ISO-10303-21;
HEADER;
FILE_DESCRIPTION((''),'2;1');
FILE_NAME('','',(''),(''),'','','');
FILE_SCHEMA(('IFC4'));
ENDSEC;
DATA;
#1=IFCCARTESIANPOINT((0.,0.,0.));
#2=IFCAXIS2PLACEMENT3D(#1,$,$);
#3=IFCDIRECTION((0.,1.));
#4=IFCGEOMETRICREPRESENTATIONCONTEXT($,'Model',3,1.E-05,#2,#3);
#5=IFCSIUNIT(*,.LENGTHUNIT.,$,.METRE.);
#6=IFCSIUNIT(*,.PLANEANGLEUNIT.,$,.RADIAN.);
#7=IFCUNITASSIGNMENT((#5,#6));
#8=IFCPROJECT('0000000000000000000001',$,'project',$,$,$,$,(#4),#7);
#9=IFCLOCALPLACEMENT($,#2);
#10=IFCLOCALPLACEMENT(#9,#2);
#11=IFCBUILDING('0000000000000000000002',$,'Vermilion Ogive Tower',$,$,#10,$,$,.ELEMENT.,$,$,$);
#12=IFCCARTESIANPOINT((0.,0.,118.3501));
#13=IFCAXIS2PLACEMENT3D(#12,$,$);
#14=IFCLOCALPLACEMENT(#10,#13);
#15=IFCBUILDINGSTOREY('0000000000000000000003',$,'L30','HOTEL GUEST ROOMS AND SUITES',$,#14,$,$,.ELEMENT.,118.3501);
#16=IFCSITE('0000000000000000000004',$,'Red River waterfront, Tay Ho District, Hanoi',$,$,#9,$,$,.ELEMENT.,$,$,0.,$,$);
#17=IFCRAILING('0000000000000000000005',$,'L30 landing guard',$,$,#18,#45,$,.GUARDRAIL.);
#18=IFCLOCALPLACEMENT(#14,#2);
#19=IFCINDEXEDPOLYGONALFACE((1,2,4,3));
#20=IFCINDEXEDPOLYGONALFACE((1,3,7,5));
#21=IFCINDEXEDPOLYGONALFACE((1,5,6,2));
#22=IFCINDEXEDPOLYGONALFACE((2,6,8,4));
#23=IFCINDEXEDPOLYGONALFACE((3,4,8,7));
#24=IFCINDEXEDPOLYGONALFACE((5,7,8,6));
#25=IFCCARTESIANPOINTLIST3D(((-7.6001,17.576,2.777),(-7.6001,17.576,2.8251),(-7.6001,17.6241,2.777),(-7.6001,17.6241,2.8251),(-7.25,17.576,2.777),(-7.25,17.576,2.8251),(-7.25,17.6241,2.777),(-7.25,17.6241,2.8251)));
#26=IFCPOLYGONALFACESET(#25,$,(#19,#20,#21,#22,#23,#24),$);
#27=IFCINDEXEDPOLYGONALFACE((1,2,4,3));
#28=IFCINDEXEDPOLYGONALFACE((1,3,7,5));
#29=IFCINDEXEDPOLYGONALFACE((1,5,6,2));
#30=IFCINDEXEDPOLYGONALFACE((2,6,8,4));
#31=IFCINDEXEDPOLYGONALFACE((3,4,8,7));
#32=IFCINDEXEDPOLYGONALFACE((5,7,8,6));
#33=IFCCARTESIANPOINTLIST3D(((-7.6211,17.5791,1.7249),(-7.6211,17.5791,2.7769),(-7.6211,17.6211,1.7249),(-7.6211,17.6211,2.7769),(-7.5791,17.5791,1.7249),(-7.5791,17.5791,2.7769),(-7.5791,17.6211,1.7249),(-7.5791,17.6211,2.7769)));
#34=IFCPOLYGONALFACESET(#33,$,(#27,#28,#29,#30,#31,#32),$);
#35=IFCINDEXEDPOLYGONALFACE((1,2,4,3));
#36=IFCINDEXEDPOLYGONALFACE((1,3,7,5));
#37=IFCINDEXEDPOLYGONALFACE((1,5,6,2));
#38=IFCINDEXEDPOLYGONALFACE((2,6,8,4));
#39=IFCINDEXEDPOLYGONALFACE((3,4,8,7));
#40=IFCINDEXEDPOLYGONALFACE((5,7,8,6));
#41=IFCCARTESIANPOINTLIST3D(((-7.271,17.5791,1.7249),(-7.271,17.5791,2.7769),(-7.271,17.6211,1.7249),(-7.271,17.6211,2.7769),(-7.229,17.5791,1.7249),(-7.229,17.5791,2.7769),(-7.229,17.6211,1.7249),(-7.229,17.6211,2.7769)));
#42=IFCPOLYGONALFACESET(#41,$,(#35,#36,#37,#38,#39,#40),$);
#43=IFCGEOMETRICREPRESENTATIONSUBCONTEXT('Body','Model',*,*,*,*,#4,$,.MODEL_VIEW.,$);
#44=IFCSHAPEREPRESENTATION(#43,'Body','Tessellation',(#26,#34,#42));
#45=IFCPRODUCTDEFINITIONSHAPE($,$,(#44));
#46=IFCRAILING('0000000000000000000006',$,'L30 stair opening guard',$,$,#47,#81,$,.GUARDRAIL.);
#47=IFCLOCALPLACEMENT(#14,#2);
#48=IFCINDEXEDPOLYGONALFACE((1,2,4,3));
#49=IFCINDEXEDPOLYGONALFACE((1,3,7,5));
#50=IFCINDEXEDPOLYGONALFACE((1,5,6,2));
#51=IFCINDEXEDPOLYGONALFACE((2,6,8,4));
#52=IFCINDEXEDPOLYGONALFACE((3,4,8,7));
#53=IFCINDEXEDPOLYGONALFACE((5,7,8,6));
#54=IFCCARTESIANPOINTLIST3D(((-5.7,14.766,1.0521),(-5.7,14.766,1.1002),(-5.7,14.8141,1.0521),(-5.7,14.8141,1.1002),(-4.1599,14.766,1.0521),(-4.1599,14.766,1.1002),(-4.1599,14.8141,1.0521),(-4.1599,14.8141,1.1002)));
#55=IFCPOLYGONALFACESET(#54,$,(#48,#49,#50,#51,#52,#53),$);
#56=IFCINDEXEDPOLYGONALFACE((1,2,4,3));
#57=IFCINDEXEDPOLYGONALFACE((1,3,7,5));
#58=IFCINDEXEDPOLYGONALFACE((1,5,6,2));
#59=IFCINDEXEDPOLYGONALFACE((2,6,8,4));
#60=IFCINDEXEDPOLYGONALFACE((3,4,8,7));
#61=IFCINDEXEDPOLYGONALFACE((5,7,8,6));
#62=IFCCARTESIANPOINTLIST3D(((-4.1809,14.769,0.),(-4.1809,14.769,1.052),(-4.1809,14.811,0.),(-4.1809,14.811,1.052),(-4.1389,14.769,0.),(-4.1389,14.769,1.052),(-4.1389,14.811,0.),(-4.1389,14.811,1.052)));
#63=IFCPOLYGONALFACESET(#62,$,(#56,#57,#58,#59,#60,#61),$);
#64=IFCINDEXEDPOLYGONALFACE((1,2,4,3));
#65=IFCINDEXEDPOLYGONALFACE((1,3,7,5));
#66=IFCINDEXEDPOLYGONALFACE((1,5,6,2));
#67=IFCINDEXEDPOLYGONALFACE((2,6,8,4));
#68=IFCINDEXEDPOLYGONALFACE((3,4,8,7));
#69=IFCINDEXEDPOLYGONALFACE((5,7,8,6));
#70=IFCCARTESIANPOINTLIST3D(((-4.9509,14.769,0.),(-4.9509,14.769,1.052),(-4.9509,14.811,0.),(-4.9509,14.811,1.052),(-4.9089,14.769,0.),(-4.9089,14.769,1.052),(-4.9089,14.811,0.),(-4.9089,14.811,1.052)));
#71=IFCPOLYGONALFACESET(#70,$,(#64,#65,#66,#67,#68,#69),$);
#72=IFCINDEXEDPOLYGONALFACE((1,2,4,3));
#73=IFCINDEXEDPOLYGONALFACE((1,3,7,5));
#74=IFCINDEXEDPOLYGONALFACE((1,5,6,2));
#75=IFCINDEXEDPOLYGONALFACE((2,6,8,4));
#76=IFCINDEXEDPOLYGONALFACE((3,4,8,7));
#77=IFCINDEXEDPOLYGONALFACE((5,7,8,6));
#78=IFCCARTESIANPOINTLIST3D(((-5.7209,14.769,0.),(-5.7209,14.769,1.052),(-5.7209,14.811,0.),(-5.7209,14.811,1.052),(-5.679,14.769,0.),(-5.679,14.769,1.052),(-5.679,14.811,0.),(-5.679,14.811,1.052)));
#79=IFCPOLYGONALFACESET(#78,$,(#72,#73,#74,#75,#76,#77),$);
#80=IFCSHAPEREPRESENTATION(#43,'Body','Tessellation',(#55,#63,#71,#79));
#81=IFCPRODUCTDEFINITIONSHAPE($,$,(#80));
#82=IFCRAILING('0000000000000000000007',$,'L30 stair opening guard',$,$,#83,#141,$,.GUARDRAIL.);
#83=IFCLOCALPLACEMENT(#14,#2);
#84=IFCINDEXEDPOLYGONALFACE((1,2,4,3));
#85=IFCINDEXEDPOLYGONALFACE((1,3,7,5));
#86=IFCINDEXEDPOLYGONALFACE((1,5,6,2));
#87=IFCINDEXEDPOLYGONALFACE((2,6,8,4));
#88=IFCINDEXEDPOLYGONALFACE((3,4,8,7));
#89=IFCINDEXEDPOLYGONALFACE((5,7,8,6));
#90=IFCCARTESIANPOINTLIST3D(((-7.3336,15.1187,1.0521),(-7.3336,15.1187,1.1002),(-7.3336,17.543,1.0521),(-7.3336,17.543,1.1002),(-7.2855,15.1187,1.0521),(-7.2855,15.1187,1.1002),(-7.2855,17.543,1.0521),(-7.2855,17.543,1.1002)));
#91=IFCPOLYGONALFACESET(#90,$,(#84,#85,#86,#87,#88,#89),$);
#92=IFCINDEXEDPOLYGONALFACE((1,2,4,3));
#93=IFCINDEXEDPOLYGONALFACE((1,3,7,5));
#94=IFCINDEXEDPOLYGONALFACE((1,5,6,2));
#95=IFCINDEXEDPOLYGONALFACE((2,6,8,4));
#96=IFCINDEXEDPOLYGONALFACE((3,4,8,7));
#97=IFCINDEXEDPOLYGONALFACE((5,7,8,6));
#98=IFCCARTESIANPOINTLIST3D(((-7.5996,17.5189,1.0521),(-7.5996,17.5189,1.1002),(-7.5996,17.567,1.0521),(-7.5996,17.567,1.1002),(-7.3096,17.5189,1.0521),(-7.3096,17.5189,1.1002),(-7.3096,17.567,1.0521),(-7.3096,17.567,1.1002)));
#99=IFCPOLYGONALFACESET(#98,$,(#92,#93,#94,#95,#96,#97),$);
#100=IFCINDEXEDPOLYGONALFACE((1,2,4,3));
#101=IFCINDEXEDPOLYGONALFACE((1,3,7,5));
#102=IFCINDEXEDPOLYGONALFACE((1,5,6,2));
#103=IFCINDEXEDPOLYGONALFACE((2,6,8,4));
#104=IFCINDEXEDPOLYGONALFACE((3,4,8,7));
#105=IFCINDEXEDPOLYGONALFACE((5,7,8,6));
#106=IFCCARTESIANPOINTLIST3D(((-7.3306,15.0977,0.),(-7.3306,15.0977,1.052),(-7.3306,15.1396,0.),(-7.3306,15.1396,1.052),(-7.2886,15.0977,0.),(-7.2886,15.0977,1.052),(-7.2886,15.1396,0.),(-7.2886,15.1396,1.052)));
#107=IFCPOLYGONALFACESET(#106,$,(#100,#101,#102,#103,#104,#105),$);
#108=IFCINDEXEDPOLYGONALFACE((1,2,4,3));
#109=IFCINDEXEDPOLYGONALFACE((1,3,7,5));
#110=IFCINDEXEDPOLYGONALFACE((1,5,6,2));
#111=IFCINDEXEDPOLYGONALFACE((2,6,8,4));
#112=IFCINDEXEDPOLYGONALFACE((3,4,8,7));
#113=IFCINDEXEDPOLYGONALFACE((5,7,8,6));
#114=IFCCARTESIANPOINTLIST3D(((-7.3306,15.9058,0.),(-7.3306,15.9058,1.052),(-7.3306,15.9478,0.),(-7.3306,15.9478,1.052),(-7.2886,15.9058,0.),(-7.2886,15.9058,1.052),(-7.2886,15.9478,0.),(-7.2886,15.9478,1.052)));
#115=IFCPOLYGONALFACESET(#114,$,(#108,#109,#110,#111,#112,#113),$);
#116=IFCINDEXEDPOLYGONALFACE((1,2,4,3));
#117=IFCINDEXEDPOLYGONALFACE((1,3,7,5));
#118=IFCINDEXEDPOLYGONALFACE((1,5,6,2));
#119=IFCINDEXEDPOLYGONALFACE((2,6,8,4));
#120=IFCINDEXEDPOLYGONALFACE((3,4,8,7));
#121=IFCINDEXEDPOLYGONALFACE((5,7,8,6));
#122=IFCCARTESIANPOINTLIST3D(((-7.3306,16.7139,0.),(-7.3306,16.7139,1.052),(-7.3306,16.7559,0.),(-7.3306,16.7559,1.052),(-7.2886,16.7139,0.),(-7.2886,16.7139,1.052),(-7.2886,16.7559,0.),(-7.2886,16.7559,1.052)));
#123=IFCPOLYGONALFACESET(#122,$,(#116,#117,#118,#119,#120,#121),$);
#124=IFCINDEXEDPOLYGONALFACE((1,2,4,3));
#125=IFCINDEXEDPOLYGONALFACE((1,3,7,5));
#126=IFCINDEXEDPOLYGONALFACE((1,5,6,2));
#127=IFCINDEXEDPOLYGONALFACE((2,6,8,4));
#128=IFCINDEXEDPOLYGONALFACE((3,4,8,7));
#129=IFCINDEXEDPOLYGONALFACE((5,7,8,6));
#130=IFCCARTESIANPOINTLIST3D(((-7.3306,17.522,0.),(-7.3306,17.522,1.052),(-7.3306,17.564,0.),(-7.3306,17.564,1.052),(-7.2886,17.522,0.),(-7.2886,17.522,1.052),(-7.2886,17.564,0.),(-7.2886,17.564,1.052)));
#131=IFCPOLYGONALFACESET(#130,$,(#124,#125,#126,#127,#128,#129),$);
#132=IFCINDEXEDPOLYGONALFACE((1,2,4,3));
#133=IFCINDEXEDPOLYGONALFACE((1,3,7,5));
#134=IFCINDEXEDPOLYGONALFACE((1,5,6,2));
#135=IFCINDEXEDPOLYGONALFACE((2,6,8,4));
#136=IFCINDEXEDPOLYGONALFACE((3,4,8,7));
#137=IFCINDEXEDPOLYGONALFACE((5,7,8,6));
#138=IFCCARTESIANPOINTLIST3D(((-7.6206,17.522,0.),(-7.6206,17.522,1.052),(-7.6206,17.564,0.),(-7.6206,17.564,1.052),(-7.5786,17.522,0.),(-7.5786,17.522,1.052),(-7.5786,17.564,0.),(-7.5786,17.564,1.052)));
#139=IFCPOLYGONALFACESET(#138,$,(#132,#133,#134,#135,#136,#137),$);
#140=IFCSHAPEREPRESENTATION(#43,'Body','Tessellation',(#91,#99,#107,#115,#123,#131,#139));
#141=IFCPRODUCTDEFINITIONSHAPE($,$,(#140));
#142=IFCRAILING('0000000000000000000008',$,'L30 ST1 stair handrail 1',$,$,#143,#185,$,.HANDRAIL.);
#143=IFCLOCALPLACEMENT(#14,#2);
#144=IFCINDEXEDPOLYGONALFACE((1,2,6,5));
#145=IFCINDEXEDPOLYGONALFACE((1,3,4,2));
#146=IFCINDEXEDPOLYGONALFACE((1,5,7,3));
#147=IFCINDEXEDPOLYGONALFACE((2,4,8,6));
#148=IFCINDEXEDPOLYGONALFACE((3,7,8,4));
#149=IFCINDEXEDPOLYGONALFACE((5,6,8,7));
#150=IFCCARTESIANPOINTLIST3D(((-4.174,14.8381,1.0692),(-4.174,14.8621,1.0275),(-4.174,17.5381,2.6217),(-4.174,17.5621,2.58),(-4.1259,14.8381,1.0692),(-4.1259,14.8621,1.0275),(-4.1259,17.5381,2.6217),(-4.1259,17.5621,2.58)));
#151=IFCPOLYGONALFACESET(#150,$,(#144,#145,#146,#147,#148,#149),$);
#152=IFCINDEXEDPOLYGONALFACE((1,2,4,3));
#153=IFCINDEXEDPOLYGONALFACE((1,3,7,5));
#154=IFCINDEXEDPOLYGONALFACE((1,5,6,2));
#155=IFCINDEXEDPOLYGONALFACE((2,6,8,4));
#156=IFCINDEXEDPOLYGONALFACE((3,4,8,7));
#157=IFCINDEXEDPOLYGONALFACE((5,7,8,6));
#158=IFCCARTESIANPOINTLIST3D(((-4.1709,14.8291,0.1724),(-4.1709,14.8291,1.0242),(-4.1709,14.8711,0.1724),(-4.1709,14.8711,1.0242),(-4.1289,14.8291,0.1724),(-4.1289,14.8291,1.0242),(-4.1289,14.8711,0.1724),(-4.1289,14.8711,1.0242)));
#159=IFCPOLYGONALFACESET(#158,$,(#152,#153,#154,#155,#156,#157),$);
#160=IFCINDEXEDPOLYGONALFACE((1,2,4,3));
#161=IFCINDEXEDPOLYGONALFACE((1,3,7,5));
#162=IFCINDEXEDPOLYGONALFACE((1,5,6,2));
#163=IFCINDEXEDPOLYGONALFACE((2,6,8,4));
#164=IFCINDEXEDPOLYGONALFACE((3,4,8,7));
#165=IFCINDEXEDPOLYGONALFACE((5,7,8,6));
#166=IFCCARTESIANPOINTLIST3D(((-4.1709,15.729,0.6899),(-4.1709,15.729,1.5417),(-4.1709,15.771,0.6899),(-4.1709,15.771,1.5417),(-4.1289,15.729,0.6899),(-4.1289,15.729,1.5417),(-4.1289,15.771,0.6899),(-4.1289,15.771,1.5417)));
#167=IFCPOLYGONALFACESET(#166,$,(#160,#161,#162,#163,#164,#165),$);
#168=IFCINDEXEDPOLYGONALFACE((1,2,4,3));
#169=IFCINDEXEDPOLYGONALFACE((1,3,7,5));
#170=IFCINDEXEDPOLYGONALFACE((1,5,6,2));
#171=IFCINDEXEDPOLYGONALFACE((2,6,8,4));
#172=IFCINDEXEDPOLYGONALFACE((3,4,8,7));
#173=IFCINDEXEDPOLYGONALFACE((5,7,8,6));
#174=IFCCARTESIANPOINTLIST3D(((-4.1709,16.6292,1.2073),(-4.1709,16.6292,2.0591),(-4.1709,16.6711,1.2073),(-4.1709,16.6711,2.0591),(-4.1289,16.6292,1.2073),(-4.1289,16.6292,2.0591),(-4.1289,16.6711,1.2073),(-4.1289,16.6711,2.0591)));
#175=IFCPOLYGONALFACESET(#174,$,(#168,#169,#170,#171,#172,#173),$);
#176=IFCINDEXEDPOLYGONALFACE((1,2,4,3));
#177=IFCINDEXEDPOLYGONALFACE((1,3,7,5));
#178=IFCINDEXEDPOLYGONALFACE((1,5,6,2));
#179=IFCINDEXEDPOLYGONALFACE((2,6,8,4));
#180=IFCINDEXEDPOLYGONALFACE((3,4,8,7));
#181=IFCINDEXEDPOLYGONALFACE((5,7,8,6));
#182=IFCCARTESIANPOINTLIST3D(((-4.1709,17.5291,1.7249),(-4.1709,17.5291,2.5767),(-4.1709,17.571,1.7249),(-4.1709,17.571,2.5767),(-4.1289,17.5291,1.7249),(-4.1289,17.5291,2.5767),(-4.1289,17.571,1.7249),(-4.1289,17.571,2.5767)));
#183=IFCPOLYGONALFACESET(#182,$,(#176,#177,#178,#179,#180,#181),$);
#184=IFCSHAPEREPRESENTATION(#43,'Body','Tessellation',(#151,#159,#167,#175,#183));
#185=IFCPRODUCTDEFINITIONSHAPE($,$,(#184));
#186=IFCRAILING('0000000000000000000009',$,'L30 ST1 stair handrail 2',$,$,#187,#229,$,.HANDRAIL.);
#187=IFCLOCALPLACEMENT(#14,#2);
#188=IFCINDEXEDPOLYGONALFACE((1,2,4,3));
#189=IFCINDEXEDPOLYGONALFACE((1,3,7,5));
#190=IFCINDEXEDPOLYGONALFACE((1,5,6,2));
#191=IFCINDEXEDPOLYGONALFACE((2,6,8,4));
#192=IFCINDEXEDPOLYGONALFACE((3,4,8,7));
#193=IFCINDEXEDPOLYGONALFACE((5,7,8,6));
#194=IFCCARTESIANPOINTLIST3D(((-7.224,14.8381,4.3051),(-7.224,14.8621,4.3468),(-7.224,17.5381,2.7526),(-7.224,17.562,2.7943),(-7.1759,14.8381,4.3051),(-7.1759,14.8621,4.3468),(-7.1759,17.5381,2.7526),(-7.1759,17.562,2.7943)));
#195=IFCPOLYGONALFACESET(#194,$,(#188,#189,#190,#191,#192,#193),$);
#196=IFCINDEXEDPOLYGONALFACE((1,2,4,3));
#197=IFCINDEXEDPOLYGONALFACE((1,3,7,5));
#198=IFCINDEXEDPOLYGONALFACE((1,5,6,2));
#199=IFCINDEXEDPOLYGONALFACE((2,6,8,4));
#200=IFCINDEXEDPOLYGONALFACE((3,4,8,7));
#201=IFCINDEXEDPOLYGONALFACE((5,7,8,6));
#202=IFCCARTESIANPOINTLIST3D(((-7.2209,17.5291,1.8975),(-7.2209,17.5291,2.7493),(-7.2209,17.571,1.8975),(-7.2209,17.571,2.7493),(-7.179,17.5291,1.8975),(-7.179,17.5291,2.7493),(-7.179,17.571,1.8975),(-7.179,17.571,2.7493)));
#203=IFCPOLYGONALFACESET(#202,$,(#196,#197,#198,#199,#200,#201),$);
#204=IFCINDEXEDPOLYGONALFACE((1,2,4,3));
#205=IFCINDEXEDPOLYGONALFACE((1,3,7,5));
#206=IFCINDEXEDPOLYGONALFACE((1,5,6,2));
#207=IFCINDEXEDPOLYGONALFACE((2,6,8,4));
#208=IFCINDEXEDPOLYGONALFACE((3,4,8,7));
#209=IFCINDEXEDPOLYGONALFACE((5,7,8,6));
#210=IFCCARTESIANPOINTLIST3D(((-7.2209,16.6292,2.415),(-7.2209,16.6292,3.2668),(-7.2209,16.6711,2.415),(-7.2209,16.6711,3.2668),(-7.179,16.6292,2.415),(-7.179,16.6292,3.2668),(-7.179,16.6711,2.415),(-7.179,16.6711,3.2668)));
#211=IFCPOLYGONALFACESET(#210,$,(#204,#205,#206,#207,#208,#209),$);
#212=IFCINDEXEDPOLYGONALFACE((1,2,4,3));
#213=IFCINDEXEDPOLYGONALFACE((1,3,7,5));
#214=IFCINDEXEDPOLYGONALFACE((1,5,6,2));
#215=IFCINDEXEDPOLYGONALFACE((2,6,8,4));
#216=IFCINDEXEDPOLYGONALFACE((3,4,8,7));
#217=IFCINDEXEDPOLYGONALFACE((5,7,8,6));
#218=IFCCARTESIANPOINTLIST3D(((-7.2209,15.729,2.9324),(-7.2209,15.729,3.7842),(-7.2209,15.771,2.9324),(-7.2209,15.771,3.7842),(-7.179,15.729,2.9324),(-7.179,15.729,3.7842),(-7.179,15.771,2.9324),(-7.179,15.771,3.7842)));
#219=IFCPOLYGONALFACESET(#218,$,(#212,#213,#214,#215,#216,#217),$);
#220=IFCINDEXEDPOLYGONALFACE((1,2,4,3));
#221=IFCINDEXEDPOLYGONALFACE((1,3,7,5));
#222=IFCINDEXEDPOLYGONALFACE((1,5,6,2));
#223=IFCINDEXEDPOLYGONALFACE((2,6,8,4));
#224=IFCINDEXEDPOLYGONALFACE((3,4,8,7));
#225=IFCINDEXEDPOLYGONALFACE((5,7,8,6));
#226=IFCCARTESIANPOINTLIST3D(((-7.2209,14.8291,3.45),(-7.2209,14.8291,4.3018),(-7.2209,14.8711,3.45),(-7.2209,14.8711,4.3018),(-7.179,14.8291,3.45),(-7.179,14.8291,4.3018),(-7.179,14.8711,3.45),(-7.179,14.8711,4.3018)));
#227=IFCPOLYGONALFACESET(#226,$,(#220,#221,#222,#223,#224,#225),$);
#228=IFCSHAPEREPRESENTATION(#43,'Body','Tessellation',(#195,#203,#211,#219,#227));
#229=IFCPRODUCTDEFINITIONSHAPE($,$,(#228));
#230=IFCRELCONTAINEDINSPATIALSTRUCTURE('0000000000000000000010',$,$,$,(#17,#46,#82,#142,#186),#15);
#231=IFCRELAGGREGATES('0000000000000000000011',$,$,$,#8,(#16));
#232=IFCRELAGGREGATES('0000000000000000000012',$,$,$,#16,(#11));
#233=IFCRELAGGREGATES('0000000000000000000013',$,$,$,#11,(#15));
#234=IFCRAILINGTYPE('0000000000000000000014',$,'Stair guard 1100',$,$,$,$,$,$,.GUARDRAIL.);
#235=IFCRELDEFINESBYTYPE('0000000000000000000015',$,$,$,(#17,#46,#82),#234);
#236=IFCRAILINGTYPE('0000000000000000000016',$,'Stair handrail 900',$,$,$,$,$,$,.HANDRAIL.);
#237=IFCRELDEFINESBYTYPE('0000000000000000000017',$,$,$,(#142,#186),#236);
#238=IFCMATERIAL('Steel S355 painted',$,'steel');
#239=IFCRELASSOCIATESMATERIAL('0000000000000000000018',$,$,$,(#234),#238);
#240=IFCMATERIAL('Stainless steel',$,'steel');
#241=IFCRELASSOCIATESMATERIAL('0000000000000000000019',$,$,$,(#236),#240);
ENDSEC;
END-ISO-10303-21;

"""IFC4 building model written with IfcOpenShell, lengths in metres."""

from ifc_helpers import new_model, si_unit, direction, frame, origin, origin_2d, place, context, subcontext, project, spatial, rectangle, extrude, material, type_object, element, save


model = new_model("IFC4")

# Units and contexts
model_context = context("Model", 3, precision=1e-05, world=origin(), true_north=direction((0.0, 1.0)))
body_context = subcontext(model_context, "Body", "Model", "MODEL_VIEW")
ifc_project = project(units=[si_unit("LENGTHUNIT", "METRE"), si_unit("PLANEANGLEUNIT", "RADIAN")], contexts=[model_context])

# Site, building, storey
site_placement = place(None, origin())
site = spatial("IfcSite", under=ifc_project, at=site_placement, Name="Red River waterfront, Tay Ho District, Hanoi", CompositionType="ELEMENT", RefElevation=0.0)
building_placement = place(site_placement, origin())
building = spatial("IfcBuilding", under=site, at=building_placement, Name="Vermilion Ogive Tower", CompositionType="ELEMENT")
storey_placement = place(building_placement, frame((0.0, 0.0, 118.3501)))
storey = spatial("IfcBuildingStorey", under=building, at=storey_placement, Name="L30", Description="HOTEL GUEST ROOMS AND SUITES", CompositionType="ELEMENT", Elevation=118.3501)

# Railings
ifc_material_1 = material(Name="Steel S355 painted", Category="steel")
railing_type_1 = type_object("IfcRailingType", Name="Stair guard 1100", PredefinedType="GUARDRAIL", material=ifc_material_1)
railing_1_placement = place(storey_placement, frame((-7.6001, 17.6001, 1.7249)))
element("IfcRailing", 1, at=railing_1_placement, inside=storey, type_object=railing_type_1, Name="L30 landing guard", PredefinedType="GUARDRAIL", context=body_context, shape_type="SweptSolid", body=[
    extrude(rectangle(XDim=0.0481, YDim=0.0481, at=origin_2d()), frame((0.0, 0.0, 1.0762), z_axis=(1.0, 0.0, 0.0), x_axis=(0.0, 1.0, 0.0)), (0.0, 0.0, 1.0), 0.3501),
    extrude(rectangle(XDim=0.042, YDim=0.042, at=origin_2d()), origin(), (0.0, 0.0, 1.0), 1.052),
    extrude(rectangle(XDim=0.042, YDim=0.042, at=origin_2d()), frame((0.3501, 0.0, 0.0)), (0.0, 0.0, 1.0), 1.052),
])
railing_2_placement = place(storey_placement, frame((-4.1599, 14.79, 0.0)))
element("IfcRailing", 2, at=railing_2_placement, inside=storey, type_object=railing_type_1, Name="L30 stair opening guard", PredefinedType="GUARDRAIL", context=body_context, shape_type="SweptSolid", body=[
    extrude(rectangle(XDim=0.0481, YDim=0.0481, at=origin_2d()), frame((0.0, 0.0, 1.0762), z_axis=(-1.0, 0.0, 0.0), x_axis=(0.0, -1.0, 0.0)), (0.0, 0.0, 1.0), 1.54),
    extrude(rectangle(XDim=0.042, YDim=0.042, at=origin_2d()), origin(), (0.0, 0.0, 1.0), 1.052),
    extrude(rectangle(XDim=0.042, YDim=0.042, at=origin_2d()), frame((-0.77, 0.0, 0.0)), (0.0, 0.0, 1.0), 1.052),
    extrude(rectangle(XDim=0.042, YDim=0.042, at=origin_2d()), frame((-1.54, 0.0, 0.0)), (0.0, 0.0, 1.0), 1.052),
])
railing_3_placement = place(storey_placement, frame((-7.3096, 15.1187, 0.0)))
element("IfcRailing", 3, at=railing_3_placement, inside=storey, type_object=railing_type_1, Name="L30 stair opening guard", PredefinedType="GUARDRAIL", context=body_context, shape_type="SweptSolid", body=[
    extrude(rectangle(XDim=0.0481, YDim=0.0481, at=origin_2d()), frame((0.0, 0.0, 1.0762), z_axis=(0.0, 1.0, 0.0), x_axis=(-1.0, 0.0, 0.0)), (0.0, 0.0, 1.0), 2.4243),
    extrude(rectangle(XDim=0.0481, YDim=0.0481, at=origin_2d()), frame((0.0, 2.4243, 1.0762), z_axis=(-1.0, 0.0, 0.0), x_axis=(0.0, -1.0, 0.0)), (0.0, 0.0, 1.0), 0.29),
    extrude(rectangle(XDim=0.042, YDim=0.042, at=origin_2d()), origin(), (0.0, 0.0, 1.0), 1.052),
    extrude(rectangle(XDim=0.042, YDim=0.042, at=origin_2d()), frame((0.0, 0.8081, 0.0)), (0.0, 0.0, 1.0), 1.052),
    extrude(rectangle(XDim=0.042, YDim=0.042, at=origin_2d()), frame((0.0, 1.6162, 0.0)), (0.0, 0.0, 1.0), 1.052),
    extrude(rectangle(XDim=0.042, YDim=0.042, at=origin_2d()), frame((0.0, 2.4243, 0.0)), (0.0, 0.0, 1.0), 1.052),
    extrude(rectangle(XDim=0.042, YDim=0.042, at=origin_2d()), frame((-0.29, 2.4243, 0.0)), (0.0, 0.0, 1.0), 1.052),
])
ifc_material_2 = material(Name="Stainless steel", Category="steel")
railing_type_2 = type_object("IfcRailingType", Name="Stair handrail 900", PredefinedType="HANDRAIL", material=ifc_material_2)
railing_4_placement = place(storey_placement, frame((-4.1499, 14.8501, 0.1724)))
element("IfcRailing", 4, at=railing_4_placement, inside=storey, type_object=railing_type_2, Name="L30 ST1 stair handrail 1", PredefinedType="HANDRAIL", context=body_context, shape_type="SweptSolid", body=[
    extrude(rectangle(XDim=0.0481, YDim=0.0481, at=origin_2d()), frame((0.0, 0.0, 0.876), z_axis=(0.0, 0.866904, 0.498476), x_axis=(-1.0, 0.0, 0.0)), (0.0, 0.0, 1.0), 3.1145),
    extrude(rectangle(XDim=0.042, YDim=0.042, at=origin_2d()), origin(), (0.0, 0.0, 1.0), 0.8518),
    extrude(rectangle(XDim=0.042, YDim=0.042, at=origin_2d()), frame((0.0, 0.8999, 0.5176)), (0.0, 0.0, 1.0), 0.8518),
    extrude(rectangle(XDim=0.042, YDim=0.042, at=origin_2d()), frame((0.0, 1.8, 1.0349)), (0.0, 0.0, 1.0), 0.8518),
    extrude(rectangle(XDim=0.042, YDim=0.042, at=origin_2d()), frame((0.0, 2.7, 1.5525)), (0.0, 0.0, 1.0), 0.8518),
])
railing_5_placement = place(storey_placement, frame((-7.2, 17.55, 1.8975)))
element("IfcRailing", 5, at=railing_5_placement, inside=storey, type_object=railing_type_2, Name="L30 ST1 stair handrail 2", PredefinedType="HANDRAIL", context=body_context, shape_type="SweptSolid", body=[
    extrude(rectangle(XDim=0.0481, YDim=0.0481, at=origin_2d()), frame((0.0, 0.0, 0.876), z_axis=(0.0, -0.866904, 0.498476), x_axis=(1.0, 0.0, 0.0)), (0.0, 0.0, 1.0), 3.1145),
    extrude(rectangle(XDim=0.042, YDim=0.042, at=origin_2d()), origin(), (0.0, 0.0, 1.0), 0.8518),
    extrude(rectangle(XDim=0.042, YDim=0.042, at=origin_2d()), frame((0.0, -0.8999, 0.5176)), (0.0, 0.0, 1.0), 0.8518),
    extrude(rectangle(XDim=0.042, YDim=0.042, at=origin_2d()), frame((0.0, -1.8, 1.0349)), (0.0, 0.0, 1.0), 0.8518),
    extrude(rectangle(XDim=0.042, YDim=0.042, at=origin_2d()), frame((0.0, -2.7, 1.5525)), (0.0, 0.0, 1.0), 0.8518),
])

save(model, "model.ifc")
